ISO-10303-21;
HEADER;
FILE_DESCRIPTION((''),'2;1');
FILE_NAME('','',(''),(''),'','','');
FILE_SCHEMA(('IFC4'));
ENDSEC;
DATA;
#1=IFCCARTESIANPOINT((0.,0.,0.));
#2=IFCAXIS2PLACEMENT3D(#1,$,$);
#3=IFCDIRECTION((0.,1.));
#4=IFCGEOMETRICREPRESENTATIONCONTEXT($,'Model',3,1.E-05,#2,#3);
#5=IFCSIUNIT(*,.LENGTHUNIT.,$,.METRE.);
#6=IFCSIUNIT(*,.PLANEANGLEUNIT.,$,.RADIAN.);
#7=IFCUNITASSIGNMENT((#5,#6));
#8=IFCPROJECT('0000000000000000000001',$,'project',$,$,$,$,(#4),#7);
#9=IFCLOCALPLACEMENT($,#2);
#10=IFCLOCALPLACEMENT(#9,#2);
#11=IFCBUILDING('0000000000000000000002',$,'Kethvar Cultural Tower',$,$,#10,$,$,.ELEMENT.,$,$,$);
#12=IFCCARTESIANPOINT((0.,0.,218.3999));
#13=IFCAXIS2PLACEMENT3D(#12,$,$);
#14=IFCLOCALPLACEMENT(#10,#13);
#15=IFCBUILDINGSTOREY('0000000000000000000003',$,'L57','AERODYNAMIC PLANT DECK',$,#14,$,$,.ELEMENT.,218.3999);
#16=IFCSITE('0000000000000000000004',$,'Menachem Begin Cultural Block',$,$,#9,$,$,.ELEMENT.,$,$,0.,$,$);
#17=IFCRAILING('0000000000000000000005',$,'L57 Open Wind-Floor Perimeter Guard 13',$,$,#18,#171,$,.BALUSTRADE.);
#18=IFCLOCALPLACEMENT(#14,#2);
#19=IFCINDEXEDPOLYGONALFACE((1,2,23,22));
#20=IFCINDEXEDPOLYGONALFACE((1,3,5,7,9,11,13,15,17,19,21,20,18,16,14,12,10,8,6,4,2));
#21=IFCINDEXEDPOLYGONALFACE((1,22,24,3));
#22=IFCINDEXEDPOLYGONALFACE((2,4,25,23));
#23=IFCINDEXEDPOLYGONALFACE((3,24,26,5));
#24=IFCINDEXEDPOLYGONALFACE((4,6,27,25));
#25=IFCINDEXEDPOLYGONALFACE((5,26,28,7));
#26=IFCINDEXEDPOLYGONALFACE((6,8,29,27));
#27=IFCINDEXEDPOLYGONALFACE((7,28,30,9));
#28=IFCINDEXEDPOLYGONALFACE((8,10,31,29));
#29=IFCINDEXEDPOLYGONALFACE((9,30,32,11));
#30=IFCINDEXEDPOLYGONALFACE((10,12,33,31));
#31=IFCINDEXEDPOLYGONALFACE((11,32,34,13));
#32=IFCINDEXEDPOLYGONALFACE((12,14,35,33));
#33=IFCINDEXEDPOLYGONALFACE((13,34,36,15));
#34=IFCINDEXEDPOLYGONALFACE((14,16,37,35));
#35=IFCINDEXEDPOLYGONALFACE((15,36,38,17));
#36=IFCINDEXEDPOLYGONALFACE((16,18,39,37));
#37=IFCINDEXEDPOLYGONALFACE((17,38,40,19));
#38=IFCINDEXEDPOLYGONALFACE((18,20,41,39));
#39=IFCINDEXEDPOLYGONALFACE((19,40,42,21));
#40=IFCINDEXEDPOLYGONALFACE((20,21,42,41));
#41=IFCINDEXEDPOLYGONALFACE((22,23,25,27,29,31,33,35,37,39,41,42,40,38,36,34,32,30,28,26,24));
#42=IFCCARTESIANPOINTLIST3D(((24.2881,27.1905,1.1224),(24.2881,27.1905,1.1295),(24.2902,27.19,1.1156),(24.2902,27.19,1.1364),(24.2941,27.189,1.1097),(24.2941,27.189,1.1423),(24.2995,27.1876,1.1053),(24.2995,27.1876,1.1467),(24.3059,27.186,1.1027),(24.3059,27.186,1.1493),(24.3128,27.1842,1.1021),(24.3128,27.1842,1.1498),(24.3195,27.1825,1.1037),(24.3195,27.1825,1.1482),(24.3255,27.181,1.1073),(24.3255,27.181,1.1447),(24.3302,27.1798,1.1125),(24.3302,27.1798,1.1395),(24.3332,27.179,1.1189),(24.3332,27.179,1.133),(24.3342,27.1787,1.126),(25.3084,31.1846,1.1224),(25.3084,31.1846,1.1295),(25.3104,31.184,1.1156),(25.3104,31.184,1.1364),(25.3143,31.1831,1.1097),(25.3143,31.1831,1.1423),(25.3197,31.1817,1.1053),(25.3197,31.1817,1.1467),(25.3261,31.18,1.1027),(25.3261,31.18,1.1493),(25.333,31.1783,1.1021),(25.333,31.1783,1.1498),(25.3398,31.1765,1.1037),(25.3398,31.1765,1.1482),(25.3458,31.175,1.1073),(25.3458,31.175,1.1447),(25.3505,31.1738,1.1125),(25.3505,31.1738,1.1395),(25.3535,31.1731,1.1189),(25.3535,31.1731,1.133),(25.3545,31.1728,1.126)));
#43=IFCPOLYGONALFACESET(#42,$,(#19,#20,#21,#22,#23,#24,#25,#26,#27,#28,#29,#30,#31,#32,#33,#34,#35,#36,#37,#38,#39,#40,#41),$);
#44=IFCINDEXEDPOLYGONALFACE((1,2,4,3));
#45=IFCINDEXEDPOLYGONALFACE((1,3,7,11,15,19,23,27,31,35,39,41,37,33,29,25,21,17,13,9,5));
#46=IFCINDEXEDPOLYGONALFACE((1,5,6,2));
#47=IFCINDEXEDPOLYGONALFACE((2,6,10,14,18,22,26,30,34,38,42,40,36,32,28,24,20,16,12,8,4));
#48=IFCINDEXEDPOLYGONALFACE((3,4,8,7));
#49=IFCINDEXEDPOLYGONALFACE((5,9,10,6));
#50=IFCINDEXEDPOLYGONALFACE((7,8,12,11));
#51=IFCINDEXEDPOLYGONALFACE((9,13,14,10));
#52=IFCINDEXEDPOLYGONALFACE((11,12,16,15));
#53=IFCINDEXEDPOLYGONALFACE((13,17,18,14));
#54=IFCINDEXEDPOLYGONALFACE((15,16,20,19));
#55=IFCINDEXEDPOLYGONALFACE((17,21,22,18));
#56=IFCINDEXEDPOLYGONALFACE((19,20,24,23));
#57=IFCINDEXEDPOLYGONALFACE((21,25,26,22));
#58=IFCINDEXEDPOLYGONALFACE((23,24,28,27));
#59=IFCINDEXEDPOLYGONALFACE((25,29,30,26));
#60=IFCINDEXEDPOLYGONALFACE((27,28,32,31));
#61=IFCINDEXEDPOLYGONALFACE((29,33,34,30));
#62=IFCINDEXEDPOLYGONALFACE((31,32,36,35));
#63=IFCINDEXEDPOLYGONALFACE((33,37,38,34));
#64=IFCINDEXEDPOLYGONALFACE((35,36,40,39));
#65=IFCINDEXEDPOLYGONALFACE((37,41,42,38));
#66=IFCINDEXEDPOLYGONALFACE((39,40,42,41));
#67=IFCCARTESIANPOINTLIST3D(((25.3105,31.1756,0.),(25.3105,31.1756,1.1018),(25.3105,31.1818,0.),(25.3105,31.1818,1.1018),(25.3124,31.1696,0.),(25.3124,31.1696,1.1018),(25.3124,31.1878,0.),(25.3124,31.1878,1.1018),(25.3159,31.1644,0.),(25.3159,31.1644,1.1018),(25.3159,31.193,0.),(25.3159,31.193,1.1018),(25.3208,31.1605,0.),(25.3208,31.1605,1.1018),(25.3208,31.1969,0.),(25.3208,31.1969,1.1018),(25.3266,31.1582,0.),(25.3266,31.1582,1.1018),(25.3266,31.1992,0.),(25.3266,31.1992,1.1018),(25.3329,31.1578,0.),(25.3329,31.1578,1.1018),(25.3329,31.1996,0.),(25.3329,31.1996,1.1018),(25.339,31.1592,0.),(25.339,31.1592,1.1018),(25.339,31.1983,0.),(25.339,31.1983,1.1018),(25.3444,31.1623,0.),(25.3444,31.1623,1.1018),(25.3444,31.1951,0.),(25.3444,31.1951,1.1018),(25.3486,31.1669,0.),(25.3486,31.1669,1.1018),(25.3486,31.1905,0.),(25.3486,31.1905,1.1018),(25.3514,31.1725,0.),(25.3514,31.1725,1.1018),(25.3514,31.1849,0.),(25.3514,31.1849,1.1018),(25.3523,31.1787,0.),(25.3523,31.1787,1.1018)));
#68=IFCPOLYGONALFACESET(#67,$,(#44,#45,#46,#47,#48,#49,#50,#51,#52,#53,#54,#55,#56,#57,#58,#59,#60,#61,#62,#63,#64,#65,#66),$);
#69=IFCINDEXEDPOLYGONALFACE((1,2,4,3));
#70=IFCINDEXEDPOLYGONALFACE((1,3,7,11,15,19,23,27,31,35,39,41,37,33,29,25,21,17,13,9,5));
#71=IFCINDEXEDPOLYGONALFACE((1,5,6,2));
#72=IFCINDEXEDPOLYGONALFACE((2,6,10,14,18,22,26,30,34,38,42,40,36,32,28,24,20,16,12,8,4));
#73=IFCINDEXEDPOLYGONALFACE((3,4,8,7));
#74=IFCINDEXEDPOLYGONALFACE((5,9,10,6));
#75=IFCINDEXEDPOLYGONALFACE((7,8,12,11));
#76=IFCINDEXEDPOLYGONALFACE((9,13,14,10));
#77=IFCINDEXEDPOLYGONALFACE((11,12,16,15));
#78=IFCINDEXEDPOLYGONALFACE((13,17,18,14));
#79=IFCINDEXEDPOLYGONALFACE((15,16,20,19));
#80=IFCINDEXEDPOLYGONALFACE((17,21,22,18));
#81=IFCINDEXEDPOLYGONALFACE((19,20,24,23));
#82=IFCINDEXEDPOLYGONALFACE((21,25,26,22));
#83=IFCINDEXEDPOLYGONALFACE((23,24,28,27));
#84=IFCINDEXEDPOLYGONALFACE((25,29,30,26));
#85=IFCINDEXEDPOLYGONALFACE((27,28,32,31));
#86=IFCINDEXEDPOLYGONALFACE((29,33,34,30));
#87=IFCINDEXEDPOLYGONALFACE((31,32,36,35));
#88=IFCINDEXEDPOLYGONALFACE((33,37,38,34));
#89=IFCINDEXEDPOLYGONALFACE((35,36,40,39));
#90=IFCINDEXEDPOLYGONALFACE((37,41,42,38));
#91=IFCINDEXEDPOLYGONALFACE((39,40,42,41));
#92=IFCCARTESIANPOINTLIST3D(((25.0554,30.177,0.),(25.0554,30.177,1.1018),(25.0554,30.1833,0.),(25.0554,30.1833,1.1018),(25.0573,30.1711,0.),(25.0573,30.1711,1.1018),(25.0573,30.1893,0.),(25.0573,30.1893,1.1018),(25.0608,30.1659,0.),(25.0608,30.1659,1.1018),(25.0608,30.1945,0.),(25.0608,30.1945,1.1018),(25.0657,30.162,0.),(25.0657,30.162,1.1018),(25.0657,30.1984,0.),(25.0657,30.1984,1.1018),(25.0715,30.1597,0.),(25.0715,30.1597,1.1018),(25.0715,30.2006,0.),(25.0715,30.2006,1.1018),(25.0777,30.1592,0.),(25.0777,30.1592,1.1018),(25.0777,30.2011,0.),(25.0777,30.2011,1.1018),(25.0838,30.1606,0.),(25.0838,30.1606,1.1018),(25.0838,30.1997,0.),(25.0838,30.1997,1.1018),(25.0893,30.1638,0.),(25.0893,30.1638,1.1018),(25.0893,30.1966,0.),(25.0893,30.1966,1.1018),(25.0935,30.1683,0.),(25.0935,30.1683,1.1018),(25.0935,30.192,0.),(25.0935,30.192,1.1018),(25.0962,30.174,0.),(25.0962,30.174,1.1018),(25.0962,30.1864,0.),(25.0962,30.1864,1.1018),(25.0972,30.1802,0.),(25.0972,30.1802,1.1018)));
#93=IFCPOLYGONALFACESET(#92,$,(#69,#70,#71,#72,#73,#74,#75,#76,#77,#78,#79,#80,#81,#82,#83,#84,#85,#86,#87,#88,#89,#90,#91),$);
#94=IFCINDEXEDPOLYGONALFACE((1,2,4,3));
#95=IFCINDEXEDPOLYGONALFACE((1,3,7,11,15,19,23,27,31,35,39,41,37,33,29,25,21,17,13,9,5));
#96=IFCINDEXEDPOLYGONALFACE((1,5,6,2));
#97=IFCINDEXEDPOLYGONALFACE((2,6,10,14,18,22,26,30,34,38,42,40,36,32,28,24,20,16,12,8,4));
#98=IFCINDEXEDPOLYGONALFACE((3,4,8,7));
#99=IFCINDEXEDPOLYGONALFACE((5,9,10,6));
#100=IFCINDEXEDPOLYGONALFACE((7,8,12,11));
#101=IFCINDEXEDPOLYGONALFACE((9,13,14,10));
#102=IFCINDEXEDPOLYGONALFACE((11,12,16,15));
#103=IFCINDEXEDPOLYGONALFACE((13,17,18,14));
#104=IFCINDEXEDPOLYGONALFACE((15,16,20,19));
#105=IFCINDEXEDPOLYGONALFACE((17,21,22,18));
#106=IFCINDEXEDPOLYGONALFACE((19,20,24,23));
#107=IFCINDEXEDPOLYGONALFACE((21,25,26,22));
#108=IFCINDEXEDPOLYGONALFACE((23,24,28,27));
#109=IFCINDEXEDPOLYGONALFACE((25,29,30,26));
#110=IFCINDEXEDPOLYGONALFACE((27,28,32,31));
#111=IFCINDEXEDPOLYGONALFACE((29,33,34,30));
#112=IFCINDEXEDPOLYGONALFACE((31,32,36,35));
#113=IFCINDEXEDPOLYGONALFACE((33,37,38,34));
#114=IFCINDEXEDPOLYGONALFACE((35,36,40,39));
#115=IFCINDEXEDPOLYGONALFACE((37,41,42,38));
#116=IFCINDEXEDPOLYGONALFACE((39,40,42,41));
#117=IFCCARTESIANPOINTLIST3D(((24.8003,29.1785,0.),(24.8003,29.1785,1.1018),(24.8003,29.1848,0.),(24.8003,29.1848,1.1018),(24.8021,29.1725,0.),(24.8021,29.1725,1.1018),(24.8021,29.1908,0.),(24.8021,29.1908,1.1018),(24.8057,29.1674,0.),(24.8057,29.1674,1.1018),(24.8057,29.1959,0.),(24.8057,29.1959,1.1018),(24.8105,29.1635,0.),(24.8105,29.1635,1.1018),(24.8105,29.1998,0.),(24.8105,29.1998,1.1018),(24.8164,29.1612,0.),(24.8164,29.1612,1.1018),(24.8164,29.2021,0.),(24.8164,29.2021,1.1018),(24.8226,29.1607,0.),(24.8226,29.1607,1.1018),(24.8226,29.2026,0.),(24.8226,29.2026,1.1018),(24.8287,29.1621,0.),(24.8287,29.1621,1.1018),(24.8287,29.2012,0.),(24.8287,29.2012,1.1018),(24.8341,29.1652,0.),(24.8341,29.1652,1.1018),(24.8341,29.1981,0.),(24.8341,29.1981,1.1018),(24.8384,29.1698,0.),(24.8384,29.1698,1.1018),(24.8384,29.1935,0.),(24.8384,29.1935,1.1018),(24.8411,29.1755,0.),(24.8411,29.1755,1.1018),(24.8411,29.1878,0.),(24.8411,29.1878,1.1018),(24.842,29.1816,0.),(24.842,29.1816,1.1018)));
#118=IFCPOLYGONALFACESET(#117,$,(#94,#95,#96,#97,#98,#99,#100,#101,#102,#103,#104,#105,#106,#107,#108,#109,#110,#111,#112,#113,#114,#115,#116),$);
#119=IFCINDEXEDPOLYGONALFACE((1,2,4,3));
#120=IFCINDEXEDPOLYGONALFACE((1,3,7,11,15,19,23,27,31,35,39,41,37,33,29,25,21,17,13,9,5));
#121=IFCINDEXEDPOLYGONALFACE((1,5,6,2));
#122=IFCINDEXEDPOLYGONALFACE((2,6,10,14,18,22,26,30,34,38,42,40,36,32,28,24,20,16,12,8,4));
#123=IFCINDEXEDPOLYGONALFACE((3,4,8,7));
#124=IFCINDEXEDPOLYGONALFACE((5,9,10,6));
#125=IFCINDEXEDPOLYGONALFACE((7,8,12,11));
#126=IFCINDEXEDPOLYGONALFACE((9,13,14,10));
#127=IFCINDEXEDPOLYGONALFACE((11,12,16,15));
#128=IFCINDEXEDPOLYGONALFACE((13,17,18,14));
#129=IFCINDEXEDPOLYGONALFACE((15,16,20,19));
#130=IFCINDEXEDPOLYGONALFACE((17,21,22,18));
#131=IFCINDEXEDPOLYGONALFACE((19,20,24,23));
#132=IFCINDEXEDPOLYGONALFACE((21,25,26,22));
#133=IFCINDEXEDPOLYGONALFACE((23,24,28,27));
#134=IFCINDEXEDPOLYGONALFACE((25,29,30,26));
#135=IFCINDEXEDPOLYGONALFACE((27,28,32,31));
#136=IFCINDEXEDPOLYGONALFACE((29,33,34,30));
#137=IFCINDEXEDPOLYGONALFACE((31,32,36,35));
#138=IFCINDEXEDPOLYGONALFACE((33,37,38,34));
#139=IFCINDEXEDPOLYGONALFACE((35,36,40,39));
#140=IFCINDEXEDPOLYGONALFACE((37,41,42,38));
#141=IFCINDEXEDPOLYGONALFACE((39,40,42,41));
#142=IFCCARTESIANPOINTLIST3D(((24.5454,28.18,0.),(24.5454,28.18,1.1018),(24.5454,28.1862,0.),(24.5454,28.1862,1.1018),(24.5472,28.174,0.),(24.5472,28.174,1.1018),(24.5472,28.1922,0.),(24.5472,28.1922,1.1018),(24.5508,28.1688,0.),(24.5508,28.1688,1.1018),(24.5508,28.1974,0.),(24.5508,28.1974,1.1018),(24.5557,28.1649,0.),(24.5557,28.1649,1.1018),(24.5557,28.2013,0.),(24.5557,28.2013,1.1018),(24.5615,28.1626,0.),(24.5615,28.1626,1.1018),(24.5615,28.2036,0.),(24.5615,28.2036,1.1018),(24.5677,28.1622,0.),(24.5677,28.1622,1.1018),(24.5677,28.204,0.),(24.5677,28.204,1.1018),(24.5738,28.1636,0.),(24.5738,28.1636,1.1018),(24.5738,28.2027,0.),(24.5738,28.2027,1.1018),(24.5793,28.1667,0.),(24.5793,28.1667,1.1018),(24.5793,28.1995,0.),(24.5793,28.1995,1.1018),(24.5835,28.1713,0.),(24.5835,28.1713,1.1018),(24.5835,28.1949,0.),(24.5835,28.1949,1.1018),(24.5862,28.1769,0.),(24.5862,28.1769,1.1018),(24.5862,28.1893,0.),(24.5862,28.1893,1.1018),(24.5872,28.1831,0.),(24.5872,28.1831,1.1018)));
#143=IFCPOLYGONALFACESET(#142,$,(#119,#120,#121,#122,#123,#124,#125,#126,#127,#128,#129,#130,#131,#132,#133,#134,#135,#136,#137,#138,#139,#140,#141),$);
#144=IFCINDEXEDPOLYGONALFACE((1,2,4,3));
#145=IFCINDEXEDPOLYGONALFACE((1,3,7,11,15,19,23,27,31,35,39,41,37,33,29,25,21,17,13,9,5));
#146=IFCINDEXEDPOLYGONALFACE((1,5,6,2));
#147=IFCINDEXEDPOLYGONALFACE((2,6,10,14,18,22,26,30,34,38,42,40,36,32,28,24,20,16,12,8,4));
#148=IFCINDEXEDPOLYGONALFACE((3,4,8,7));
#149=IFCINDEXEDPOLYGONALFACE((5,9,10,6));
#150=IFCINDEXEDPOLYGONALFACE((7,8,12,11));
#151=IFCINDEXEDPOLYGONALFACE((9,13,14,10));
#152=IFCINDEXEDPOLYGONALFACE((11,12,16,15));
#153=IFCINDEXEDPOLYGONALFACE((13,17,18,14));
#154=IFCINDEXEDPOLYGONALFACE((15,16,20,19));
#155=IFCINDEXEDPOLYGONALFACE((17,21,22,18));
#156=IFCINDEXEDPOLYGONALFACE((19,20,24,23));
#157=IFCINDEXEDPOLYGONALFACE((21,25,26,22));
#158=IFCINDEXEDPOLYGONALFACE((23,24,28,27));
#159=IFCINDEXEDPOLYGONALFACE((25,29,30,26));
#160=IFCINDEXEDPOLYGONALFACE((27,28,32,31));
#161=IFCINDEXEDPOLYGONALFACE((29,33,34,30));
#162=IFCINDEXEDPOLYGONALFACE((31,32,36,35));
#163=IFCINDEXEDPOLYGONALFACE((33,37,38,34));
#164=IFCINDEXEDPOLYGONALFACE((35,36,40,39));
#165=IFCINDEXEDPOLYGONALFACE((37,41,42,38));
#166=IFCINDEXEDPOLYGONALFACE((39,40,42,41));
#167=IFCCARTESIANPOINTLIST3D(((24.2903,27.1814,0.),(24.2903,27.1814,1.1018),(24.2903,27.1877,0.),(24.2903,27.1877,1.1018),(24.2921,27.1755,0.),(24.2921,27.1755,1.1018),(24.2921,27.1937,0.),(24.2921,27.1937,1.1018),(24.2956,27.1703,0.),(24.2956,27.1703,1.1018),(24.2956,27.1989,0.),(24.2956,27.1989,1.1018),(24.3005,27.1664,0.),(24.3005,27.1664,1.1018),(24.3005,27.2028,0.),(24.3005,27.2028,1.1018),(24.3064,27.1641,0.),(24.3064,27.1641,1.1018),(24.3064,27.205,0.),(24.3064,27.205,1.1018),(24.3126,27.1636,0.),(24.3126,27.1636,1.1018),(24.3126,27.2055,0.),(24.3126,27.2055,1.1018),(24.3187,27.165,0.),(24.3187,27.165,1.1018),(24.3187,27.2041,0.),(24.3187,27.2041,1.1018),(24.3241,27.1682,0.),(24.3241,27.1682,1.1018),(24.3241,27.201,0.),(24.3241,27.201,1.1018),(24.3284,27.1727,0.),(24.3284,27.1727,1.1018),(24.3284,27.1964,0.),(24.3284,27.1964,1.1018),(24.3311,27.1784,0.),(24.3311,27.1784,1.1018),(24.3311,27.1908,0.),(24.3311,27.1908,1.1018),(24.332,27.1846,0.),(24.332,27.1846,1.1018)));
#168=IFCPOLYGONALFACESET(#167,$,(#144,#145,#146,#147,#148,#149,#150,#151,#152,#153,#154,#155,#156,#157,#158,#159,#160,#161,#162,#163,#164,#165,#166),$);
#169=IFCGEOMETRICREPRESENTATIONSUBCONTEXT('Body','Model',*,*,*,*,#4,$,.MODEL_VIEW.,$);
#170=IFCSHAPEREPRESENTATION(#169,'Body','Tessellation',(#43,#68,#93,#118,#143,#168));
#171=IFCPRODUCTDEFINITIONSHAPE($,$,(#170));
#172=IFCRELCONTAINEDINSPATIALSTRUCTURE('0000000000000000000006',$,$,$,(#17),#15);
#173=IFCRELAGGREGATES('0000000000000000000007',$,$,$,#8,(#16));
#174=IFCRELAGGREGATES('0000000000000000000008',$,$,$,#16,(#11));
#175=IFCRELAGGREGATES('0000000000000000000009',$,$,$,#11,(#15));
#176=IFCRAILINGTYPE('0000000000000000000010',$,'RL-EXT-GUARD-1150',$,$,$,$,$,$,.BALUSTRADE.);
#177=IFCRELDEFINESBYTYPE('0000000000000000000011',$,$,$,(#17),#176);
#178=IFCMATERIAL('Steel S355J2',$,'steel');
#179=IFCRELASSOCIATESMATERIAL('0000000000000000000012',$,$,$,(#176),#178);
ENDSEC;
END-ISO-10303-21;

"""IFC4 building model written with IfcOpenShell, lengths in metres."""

from ifc_helpers import new_model, si_unit, direction, frame, origin, origin_2d, place, context, subcontext, project, spatial, circle, extrude, material, type_object, element, save


model = new_model("IFC4")

# Units and contexts
model_context = context("Model", 3, precision=1e-05, world=origin(), true_north=direction((0.0, 1.0)))
body_context = subcontext(model_context, "Body", "Model", "MODEL_VIEW")
ifc_project = project(units=[si_unit("LENGTHUNIT", "METRE"), si_unit("PLANEANGLEUNIT", "RADIAN")], contexts=[model_context])

# Site, building, storey
site_placement = place(None, origin())
site = spatial("IfcSite", under=ifc_project, at=site_placement, Name="Menachem Begin Cultural Block", CompositionType="ELEMENT", RefElevation=0.0)
building_placement = place(site_placement, origin())
building = spatial("IfcBuilding", under=site, at=building_placement, Name="Kethvar Cultural Tower", CompositionType="ELEMENT")
storey_placement = place(building_placement, frame((0.0, 0.0, 218.3999)))
storey = spatial("IfcBuildingStorey", under=building, at=storey_placement, Name="L57", Description="AERODYNAMIC PLANT DECK", CompositionType="ELEMENT", Elevation=218.3999)

# Shared definitions
ifc_material_1 = material(Name="Steel S355J2", Category="steel")

# Railing
railing_type = type_object("IfcRailingType", Name="RL-EXT-GUARD-1150", PredefinedType="BALUSTRADE", material=ifc_material_1)
railing_1_placement = place(storey_placement, frame((25.3313, 31.1787, 0.0)))
element("IfcRailing", 1, at=railing_1_placement, inside=storey, type_object=railing_type, Name="L57 Open Wind-Floor Perimeter Guard 13", PredefinedType="BALUSTRADE", context=body_context, shape_type="SweptSolid", body=[
    extrude(circle(Radius=0.0239, at=origin_2d()), frame((0.0, 0.0, 1.126), z_axis=(-0.247493, -0.96889, 0.0), x_axis=(0.96889, -0.247493, 0.0)), (0.0, 0.0, 1.0), 4.1223),
    extrude(circle(Radius=0.021, at=origin_2d()), origin(), (0.0, 0.0, 1.0), 1.1018),
    extrude(circle(Radius=0.021, at=origin_2d()), frame((-0.2551, -0.9985, 0.0)), (0.0, 0.0, 1.0), 1.1018),
    extrude(circle(Radius=0.021, at=origin_2d()), frame((-0.5103, -1.9971, 0.0)), (0.0, 0.0, 1.0), 1.1018),
    extrude(circle(Radius=0.021, at=origin_2d()), frame((-0.7651, -2.9956, 0.0)), (0.0, 0.0, 1.0), 1.1018),
    extrude(circle(Radius=0.021, at=origin_2d()), frame((-1.0203, -3.9941, 0.0)), (0.0, 0.0, 1.0), 1.1018),
])

save(model, "model.ifc")
